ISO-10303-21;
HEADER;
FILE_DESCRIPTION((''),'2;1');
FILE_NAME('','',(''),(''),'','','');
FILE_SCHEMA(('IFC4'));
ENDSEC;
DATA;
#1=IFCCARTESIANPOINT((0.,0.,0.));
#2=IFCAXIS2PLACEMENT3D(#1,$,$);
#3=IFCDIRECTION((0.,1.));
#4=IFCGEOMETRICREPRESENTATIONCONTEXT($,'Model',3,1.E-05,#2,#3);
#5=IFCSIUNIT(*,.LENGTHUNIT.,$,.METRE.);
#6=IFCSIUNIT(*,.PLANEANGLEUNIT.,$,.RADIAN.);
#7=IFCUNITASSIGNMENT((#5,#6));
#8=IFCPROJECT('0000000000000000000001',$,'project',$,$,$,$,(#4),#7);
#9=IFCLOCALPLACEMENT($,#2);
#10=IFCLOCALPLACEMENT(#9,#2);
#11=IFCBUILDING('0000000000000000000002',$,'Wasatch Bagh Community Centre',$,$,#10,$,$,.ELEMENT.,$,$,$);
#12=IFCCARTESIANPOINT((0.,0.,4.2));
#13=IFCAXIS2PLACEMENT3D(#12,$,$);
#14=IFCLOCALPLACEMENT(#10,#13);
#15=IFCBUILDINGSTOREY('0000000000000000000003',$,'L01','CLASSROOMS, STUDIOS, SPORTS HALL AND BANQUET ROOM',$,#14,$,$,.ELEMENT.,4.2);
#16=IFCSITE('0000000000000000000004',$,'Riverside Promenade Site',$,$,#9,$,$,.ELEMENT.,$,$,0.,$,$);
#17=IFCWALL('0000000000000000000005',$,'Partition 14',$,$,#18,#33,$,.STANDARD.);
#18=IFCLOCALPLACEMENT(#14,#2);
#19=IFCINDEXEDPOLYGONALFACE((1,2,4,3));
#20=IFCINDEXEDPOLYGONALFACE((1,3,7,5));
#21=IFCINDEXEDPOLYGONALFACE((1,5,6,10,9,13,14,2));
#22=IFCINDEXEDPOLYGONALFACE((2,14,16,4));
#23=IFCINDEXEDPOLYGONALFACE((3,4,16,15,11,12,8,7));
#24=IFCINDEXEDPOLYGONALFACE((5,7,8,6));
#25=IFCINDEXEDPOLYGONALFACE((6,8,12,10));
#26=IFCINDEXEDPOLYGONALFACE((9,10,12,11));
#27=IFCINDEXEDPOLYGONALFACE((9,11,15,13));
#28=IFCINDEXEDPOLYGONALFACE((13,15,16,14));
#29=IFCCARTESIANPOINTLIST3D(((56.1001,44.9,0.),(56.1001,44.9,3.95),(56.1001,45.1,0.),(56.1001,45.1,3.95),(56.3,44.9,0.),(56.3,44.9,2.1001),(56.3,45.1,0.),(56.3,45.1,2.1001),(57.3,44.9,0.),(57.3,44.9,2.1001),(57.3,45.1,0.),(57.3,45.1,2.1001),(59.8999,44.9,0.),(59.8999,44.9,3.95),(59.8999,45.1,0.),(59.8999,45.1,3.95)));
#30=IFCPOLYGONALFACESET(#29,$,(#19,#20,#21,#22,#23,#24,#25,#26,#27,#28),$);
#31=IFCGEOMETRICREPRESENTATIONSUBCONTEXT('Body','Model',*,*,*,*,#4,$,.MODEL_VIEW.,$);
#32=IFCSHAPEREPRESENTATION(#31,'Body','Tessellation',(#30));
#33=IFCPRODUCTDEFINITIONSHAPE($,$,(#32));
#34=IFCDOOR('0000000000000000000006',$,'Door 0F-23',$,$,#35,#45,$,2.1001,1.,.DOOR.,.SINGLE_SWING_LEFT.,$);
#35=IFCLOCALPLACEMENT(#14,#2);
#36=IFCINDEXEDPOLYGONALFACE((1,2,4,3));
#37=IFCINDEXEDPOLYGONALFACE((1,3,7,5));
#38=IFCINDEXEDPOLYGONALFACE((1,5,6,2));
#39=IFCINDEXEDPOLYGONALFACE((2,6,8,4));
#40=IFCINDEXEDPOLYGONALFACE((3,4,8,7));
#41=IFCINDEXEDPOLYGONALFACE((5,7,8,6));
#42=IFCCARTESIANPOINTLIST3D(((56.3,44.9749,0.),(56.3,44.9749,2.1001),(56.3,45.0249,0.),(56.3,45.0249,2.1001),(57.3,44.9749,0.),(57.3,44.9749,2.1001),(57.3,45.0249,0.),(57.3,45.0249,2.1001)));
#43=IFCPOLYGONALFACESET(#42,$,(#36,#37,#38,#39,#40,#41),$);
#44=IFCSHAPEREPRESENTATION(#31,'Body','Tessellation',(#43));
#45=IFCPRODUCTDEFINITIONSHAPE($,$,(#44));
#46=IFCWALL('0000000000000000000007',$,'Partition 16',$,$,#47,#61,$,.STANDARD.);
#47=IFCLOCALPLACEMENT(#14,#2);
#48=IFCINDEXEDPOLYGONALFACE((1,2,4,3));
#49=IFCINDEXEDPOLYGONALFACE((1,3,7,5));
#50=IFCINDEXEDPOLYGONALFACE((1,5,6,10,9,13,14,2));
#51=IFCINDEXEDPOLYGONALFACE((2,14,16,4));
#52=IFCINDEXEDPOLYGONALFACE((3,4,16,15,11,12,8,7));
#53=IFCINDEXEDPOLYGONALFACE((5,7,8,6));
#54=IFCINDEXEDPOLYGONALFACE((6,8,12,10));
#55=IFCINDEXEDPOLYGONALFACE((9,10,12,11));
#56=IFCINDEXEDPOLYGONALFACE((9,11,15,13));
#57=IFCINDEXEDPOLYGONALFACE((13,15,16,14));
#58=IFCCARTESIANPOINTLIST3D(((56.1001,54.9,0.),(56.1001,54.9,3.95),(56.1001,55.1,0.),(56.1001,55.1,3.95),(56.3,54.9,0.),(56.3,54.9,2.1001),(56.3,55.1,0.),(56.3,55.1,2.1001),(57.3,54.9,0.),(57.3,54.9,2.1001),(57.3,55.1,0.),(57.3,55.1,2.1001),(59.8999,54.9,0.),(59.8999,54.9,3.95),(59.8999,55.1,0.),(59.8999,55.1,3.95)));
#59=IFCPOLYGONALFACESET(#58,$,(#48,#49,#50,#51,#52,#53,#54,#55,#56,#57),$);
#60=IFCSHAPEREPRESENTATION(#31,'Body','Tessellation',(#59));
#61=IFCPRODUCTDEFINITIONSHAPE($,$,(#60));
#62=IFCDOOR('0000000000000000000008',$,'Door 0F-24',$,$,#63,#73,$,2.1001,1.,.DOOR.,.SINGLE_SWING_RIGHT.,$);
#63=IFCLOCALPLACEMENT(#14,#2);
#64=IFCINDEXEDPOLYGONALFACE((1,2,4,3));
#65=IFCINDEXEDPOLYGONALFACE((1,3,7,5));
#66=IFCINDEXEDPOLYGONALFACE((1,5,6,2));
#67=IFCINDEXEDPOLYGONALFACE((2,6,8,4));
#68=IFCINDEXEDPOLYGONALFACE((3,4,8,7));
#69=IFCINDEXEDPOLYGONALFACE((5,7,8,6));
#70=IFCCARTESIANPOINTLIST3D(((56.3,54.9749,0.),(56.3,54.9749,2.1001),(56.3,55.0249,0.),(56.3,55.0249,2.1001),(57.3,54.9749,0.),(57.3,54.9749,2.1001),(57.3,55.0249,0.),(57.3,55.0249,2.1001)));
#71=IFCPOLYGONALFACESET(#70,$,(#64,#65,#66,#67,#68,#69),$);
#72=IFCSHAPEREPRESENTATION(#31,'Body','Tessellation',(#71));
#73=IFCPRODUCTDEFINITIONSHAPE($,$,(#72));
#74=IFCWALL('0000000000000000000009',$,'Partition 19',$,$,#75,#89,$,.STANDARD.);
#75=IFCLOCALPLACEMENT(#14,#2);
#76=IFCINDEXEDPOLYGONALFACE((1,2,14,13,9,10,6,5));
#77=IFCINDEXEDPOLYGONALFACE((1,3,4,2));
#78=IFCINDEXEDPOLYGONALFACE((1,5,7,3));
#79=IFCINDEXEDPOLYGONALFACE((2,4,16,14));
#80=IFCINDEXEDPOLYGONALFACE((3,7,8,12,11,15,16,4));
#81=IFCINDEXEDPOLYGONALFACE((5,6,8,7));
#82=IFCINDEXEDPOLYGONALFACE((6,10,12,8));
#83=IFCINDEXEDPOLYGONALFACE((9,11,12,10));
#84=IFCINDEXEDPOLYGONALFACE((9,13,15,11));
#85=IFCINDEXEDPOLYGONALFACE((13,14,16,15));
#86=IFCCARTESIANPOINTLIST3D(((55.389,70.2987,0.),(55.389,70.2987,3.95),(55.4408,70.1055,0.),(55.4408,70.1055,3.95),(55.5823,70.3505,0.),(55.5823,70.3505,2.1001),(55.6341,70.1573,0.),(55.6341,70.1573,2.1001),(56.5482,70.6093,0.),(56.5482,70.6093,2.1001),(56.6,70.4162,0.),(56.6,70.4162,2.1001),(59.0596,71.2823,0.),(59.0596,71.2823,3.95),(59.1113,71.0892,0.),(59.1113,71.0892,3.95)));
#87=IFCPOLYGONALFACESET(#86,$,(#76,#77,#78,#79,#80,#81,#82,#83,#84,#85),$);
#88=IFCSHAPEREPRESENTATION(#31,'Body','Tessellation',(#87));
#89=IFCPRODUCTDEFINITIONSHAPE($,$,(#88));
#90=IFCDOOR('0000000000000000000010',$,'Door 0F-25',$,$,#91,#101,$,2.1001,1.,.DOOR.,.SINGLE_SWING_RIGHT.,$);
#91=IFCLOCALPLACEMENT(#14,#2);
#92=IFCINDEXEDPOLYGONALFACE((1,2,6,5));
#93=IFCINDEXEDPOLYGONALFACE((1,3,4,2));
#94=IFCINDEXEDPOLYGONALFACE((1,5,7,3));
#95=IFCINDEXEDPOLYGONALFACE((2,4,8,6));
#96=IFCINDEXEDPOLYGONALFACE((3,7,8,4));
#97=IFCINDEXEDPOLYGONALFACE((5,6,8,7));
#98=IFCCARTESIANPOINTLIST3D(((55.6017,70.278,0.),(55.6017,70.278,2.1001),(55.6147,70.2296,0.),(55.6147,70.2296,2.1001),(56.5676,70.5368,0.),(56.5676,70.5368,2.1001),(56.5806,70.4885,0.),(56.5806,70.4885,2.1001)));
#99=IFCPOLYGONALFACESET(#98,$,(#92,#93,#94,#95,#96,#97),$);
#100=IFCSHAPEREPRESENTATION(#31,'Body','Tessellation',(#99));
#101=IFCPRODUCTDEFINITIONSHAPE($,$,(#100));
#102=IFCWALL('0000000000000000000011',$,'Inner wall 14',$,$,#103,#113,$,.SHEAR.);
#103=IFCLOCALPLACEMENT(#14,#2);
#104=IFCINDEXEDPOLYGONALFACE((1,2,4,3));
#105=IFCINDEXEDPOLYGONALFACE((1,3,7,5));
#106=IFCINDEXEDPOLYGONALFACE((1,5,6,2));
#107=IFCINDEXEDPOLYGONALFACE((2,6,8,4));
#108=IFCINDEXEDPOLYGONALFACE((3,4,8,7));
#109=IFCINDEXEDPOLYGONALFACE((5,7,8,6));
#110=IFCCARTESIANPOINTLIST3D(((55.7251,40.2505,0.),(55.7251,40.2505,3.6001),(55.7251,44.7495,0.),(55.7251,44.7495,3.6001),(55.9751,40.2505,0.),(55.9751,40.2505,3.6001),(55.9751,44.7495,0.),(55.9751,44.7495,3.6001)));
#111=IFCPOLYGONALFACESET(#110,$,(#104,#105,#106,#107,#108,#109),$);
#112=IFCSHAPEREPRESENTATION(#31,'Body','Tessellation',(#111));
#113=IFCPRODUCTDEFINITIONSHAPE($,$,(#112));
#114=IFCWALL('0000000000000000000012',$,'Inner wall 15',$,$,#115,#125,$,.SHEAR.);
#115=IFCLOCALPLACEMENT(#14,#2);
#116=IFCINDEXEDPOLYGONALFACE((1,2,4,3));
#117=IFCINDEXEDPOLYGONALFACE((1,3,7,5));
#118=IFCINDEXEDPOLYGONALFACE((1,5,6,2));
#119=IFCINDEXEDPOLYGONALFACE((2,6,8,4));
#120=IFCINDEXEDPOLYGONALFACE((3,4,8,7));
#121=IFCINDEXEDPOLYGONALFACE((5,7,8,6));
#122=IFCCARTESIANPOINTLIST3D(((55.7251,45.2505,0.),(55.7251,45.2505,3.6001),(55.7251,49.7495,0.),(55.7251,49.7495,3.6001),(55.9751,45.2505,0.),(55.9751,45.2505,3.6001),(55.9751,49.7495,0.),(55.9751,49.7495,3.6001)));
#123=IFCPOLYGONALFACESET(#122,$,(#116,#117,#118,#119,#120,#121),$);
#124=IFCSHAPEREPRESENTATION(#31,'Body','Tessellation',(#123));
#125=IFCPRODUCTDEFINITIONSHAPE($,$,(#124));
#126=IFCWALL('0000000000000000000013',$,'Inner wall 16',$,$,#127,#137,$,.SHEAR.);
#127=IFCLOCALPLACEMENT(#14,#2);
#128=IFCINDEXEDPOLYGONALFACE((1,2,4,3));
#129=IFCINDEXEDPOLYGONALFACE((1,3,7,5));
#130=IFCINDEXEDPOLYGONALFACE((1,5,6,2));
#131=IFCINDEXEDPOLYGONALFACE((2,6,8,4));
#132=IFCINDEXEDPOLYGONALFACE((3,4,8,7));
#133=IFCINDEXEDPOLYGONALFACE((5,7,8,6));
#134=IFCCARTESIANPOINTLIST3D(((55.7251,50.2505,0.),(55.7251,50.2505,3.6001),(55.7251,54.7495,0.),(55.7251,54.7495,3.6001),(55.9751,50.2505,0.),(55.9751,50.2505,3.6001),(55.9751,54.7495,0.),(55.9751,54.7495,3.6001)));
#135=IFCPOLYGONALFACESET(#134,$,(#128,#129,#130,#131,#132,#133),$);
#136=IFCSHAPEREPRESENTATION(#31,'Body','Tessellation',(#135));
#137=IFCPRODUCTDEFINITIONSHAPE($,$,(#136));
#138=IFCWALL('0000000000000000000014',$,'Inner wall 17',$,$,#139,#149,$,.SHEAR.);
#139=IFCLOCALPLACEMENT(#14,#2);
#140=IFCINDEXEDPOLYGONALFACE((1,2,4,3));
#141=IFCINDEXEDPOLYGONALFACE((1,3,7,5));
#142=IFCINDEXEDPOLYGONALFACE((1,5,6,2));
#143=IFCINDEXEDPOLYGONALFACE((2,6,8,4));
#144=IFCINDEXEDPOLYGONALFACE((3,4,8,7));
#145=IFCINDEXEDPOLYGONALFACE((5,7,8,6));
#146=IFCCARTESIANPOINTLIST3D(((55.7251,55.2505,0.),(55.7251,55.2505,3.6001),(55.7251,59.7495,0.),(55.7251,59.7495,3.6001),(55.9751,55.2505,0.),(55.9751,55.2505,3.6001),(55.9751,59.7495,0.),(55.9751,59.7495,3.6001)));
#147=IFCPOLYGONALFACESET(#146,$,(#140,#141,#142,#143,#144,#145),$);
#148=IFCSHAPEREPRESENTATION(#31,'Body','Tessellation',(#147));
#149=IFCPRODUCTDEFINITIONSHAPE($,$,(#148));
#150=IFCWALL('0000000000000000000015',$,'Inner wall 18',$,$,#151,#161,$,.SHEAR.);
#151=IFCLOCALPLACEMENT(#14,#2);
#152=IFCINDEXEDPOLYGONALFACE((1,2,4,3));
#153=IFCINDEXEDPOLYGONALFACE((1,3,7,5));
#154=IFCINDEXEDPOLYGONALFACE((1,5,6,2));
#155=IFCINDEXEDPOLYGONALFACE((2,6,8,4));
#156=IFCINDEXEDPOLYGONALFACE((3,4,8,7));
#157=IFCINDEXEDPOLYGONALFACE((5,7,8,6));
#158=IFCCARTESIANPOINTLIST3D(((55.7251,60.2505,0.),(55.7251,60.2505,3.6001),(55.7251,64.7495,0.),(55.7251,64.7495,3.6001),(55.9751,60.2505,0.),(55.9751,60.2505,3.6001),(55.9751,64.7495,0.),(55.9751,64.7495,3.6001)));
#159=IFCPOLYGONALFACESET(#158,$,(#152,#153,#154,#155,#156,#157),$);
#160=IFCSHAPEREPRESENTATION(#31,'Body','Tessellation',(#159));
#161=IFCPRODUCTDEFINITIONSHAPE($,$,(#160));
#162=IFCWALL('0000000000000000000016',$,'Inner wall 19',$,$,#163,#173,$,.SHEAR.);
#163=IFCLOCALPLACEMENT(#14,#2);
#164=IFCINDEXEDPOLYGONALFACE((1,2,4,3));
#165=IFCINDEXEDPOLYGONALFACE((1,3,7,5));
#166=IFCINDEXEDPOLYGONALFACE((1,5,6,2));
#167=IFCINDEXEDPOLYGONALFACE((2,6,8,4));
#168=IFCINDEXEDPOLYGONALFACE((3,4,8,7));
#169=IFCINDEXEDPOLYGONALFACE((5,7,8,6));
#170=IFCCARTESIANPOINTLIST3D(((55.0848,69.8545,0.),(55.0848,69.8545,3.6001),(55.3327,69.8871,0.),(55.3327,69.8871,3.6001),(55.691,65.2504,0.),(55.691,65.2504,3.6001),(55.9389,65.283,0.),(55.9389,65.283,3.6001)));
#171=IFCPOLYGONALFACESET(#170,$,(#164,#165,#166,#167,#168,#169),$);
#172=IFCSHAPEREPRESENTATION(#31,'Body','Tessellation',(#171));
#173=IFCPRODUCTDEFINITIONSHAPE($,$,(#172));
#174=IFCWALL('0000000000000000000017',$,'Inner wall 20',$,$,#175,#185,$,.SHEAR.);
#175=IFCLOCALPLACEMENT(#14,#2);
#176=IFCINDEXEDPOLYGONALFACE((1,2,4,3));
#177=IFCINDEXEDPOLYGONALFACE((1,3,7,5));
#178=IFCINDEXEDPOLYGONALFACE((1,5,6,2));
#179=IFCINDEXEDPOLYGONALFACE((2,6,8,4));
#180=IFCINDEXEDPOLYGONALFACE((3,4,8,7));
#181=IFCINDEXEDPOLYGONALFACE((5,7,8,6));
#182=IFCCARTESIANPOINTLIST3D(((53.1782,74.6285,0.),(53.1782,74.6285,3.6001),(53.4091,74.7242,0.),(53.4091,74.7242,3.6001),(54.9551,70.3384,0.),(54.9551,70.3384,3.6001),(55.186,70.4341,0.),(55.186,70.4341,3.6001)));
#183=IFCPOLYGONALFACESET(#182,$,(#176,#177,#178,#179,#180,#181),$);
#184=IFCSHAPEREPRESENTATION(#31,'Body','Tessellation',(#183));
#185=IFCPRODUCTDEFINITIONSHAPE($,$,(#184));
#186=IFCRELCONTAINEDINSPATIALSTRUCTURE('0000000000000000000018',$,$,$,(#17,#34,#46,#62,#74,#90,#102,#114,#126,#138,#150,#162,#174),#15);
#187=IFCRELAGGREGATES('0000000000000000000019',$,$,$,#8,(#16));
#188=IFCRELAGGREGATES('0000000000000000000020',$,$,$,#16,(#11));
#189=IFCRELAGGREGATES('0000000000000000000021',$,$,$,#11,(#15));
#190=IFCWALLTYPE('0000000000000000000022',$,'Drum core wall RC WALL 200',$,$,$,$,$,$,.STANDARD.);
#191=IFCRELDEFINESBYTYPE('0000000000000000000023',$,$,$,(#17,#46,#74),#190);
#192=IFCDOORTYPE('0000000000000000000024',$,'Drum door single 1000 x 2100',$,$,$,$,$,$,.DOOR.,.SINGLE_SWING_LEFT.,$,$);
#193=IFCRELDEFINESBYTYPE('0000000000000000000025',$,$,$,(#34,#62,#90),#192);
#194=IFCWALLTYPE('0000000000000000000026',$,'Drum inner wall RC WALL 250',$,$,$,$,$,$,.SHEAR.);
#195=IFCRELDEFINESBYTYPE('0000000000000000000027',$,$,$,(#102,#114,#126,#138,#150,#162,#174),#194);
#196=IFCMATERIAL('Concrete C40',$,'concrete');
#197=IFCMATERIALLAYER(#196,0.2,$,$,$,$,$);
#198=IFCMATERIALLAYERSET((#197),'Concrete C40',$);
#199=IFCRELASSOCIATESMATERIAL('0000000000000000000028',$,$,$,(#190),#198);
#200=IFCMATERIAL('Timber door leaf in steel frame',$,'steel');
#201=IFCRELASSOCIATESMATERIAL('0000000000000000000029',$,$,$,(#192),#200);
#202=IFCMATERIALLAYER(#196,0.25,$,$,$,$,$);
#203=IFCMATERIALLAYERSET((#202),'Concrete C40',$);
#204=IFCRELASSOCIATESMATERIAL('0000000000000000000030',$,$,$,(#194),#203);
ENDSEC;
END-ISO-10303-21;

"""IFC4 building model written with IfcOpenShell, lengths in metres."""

from ifc_helpers import new_model, si_unit, direction, frame, frame_2d, origin, place, context, subcontext, project, spatial, rectangle, extrude, material, layer, layer_set, type_object, element, fill, save


model = new_model("IFC4")

# Units and contexts
model_context = context("Model", 3, precision=1e-05, world=origin(), true_north=direction((0.0, 1.0)))
body_context = subcontext(model_context, "Body", "Model", "MODEL_VIEW")
ifc_project = project(units=[si_unit("LENGTHUNIT", "METRE"), si_unit("PLANEANGLEUNIT", "RADIAN")], contexts=[model_context])

# Site, building, storey
site_placement = place(None, origin())
site = spatial("IfcSite", under=ifc_project, at=site_placement, Name="Riverside Promenade Site", CompositionType="ELEMENT", RefElevation=0.0)
building_placement = place(site_placement, origin())
building = spatial("IfcBuilding", under=site, at=building_placement, Name="Wasatch Bagh Community Centre", CompositionType="ELEMENT")
storey_placement = place(building_placement, frame((0.0, 0.0, 4.2)))
storey = spatial("IfcBuildingStorey", under=building, at=storey_placement, Name="L01", Description="CLASSROOMS, STUDIOS, SPORTS HALL AND BANQUET ROOM", CompositionType="ELEMENT", Elevation=4.2)

# Shared definitions
ifc_material_1 = material(Name="Concrete C40", Category="concrete")

# Walls, openings, doors
ifc_layer_1 = layer(ifc_material_1, 0.2)
ifc_layer_set_1 = layer_set([ifc_layer_1], Name="Concrete C40")
wall_type_1 = type_object("IfcWallType", Name="Drum core wall RC WALL 200", PredefinedType="STANDARD", material=ifc_layer_set_1)
wall_1_placement = place(storey_placement, frame((56.1001, 45.0, 0.0), z_axis=(0.0, 0.0, 1.0), x_axis=(1.0, 0.0, 0.0)))
wall_1 = element("IfcWall", 1, at=wall_1_placement, inside=storey, type_object=wall_type_1, Name="Partition 14", PredefinedType="STANDARD", context=body_context, shape_type="SweptSolid", body=[
    extrude(rectangle(XDim=3.7998, YDim=0.2, at=frame_2d((1.8999, 0.0))), origin(), (0.0, 0.0, 1.0), 3.95),
])
opening_1_placement = place(wall_1_placement, frame((0.2, 0.0, 0.0)))
opening_1 = element("IfcOpeningElement", 2, at=opening_1_placement, cuts=wall_1, PredefinedType="OPENING", context=body_context, shape_type="SweptSolid", body=[
    extrude(rectangle(XDim=1.0, YDim=2.1001, at=frame_2d((0.5, 1.05))), frame((0.0, 0.1099, 0.0), z_axis=(0.0, -1.0, 0.0), x_axis=(1.0, 0.0, 0.0)), (0.0, 0.0, 1.0), 0.22),
])
ifc_material_2 = material(Name="Timber door leaf in steel frame", Category="steel")
door_type = type_object("IfcDoorType", Name="Drum door single 1000 x 2100", OperationType="SINGLE_SWING_LEFT", PredefinedType="DOOR", material=ifc_material_2)
door_1_placement = place(opening_1_placement, origin())
door_1 = element("IfcDoor", 3, at=door_1_placement, inside=storey, type_object=door_type, Name="Door 0F-23", OperationType="SINGLE_SWING_LEFT", OverallHeight=2.1001, OverallWidth=1.0, PredefinedType="DOOR", context=body_context, shape_type="SweptSolid", body=[
    extrude(rectangle(XDim=1.0, YDim=2.1001, at=frame_2d((0.5, 1.05))), frame((0.0, 0.0249, 0.0), z_axis=(0.0, -1.0, 0.0), x_axis=(1.0, 0.0, 0.0)), (0.0, 0.0, 1.0), 0.05),
])
fill(opening_1, door_1)
wall_2_placement = place(storey_placement, frame((56.1001, 55.0, 0.0), z_axis=(0.0, 0.0, 1.0), x_axis=(1.0, 0.0, 0.0)))
wall_2 = element("IfcWall", 4, at=wall_2_placement, inside=storey, type_object=wall_type_1, Name="Partition 16", PredefinedType="STANDARD", context=body_context, shape_type="SweptSolid", body=[
    extrude(rectangle(XDim=3.7998, YDim=0.2, at=frame_2d((1.8999, 0.0))), origin(), (0.0, 0.0, 1.0), 3.95),
])
opening_2_placement = place(wall_2_placement, frame((0.2, 0.0, 0.0)))
opening_2 = element("IfcOpeningElement", 5, at=opening_2_placement, cuts=wall_2, PredefinedType="OPENING", context=body_context, shape_type="SweptSolid", body=[
    extrude(rectangle(XDim=1.0, YDim=2.1001, at=frame_2d((0.5, 1.05))), frame((0.0, 0.1099, 0.0), z_axis=(0.0, -1.0, 0.0), x_axis=(1.0, 0.0, 0.0)), (0.0, 0.0, 1.0), 0.22),
])
door_2_placement = place(opening_2_placement, origin())
door_2 = element("IfcDoor", 6, at=door_2_placement, inside=storey, type_object=door_type, Name="Door 0F-24", OperationType="SINGLE_SWING_RIGHT", OverallHeight=2.1001, OverallWidth=1.0, PredefinedType="DOOR", context=body_context, shape_type="SweptSolid", body=[
    extrude(rectangle(XDim=1.0, YDim=2.1001, at=frame_2d((0.5, 1.05))), frame((0.0, 0.0249, 0.0), z_axis=(0.0, -1.0, 0.0), x_axis=(1.0, 0.0, 0.0)), (0.0, 0.0, 1.0), 0.05),
])
fill(opening_2, door_2)
wall_3_placement = place(storey_placement, frame((55.415, 70.2021, 0.0), z_axis=(0.0, 0.0, 1.0), x_axis=(0.96592, 0.258842, 0.0)))
wall_3 = element("IfcWall", 7, at=wall_3_placement, inside=storey, type_object=wall_type_1, Name="Partition 19", PredefinedType="STANDARD", context=body_context, shape_type="SweptSolid", body=[
    extrude(rectangle(XDim=3.8, YDim=0.2, at=frame_2d((1.8999, 0.0))), origin(), (0.0, 0.0, 1.0), 3.95),
])
opening_3_placement = place(wall_3_placement, frame((0.2, 0.0, 0.0)))
opening_3 = element("IfcOpeningElement", 8, at=opening_3_placement, cuts=wall_3, PredefinedType="OPENING", context=body_context, shape_type="SweptSolid", body=[
    extrude(rectangle(XDim=1.0, YDim=2.1001, at=frame_2d((0.5, 1.05))), frame((0.0, 0.1099, 0.0), z_axis=(0.0, -1.0, 0.0), x_axis=(1.0, 0.0, 0.0)), (0.0, 0.0, 1.0), 0.22),
])
door_3_placement = place(opening_3_placement, origin())
door_3 = element("IfcDoor", 9, at=door_3_placement, inside=storey, type_object=door_type, Name="Door 0F-25", OperationType="SINGLE_SWING_RIGHT", OverallHeight=2.1001, OverallWidth=1.0, PredefinedType="DOOR", context=body_context, shape_type="SweptSolid", body=[
    extrude(rectangle(XDim=1.0, YDim=2.1001, at=frame_2d((0.5, 1.05))), frame((0.0, 0.0249, 0.0), z_axis=(0.0, -1.0, 0.0), x_axis=(1.0, 0.0, 0.0)), (0.0, 0.0, 1.0), 0.05),
])
fill(opening_3, door_3)

# Walls
ifc_layer_2 = layer(ifc_material_1, 0.25)
ifc_layer_set_2 = layer_set([ifc_layer_2], Name="Concrete C40")
wall_type_2 = type_object("IfcWallType", Name="Drum inner wall RC WALL 250", PredefinedType="SHEAR", material=ifc_layer_set_2)
for number, where, z_axis, x_axis, name in (
    (10, (55.8501, 40.2505, 0.0), (0.0, 0.0, 1.0), (0.0, 1.0, 0.0), "Inner wall 14"),
    (11, (55.8501, 45.2505, 0.0), (0.0, 0.0, 1.0), (0.0, 1.0, 0.0), "Inner wall 15"),
    (12, (55.8501, 50.2505, 0.0), (0.0, 0.0, 1.0), (0.0, 1.0, 0.0), "Inner wall 16"),
    (13, (55.8501, 55.2505, 0.0), (0.0, 0.0, 1.0), (0.0, 1.0, 0.0), "Inner wall 17"),
    (14, (55.8501, 60.2505, 0.0), (0.0, 0.0, 1.0), (0.0, 1.0, 0.0), "Inner wall 18"),
):
    element("IfcWall", number, at=place(storey_placement, frame(where, z_axis=z_axis, x_axis=x_axis)), inside=storey, type_object=wall_type_2, Name=name, PredefinedType="SHEAR", context=body_context, shape_type="SweptSolid", body=[
        extrude(rectangle(XDim=4.499, YDim=0.25, at=frame_2d((2.2495, 0.0))), origin(), (0.0, 0.0, 1.0), 3.6001),
    ])
wall_4_placement = place(storey_placement, frame((55.8149, 65.2668, 0.0), z_axis=(0.0, 0.0, 1.0), x_axis=(-0.130542, 0.991443, 0.0)))
element("IfcWall", 15, at=wall_4_placement, inside=storey, type_object=wall_type_2, Name="Inner wall 19", PredefinedType="SHEAR", context=body_context, shape_type="SweptSolid", body=[
    extrude(rectangle(XDim=4.6438, YDim=0.25, at=frame_2d((2.3218, 0.0))), origin(), (0.0, 0.0, 1.0), 3.6001),
])
wall_5_placement = place(storey_placement, frame((55.0706, 70.3862, 0.0), z_axis=(0.0, 0.0, 1.0), x_axis=(-0.382658, 0.92389, 0.0)))
element("IfcWall", 16, at=wall_5_placement, inside=storey, type_object=wall_type_2, Name="Inner wall 20", PredefinedType="SHEAR", context=body_context, shape_type="SweptSolid", body=[
    extrude(rectangle(XDim=4.6436, YDim=0.25, at=frame_2d((2.3218, 0.0))), origin(), (0.0, 0.0, 1.0), 3.6001),
])

save(model, "model.ifc")
